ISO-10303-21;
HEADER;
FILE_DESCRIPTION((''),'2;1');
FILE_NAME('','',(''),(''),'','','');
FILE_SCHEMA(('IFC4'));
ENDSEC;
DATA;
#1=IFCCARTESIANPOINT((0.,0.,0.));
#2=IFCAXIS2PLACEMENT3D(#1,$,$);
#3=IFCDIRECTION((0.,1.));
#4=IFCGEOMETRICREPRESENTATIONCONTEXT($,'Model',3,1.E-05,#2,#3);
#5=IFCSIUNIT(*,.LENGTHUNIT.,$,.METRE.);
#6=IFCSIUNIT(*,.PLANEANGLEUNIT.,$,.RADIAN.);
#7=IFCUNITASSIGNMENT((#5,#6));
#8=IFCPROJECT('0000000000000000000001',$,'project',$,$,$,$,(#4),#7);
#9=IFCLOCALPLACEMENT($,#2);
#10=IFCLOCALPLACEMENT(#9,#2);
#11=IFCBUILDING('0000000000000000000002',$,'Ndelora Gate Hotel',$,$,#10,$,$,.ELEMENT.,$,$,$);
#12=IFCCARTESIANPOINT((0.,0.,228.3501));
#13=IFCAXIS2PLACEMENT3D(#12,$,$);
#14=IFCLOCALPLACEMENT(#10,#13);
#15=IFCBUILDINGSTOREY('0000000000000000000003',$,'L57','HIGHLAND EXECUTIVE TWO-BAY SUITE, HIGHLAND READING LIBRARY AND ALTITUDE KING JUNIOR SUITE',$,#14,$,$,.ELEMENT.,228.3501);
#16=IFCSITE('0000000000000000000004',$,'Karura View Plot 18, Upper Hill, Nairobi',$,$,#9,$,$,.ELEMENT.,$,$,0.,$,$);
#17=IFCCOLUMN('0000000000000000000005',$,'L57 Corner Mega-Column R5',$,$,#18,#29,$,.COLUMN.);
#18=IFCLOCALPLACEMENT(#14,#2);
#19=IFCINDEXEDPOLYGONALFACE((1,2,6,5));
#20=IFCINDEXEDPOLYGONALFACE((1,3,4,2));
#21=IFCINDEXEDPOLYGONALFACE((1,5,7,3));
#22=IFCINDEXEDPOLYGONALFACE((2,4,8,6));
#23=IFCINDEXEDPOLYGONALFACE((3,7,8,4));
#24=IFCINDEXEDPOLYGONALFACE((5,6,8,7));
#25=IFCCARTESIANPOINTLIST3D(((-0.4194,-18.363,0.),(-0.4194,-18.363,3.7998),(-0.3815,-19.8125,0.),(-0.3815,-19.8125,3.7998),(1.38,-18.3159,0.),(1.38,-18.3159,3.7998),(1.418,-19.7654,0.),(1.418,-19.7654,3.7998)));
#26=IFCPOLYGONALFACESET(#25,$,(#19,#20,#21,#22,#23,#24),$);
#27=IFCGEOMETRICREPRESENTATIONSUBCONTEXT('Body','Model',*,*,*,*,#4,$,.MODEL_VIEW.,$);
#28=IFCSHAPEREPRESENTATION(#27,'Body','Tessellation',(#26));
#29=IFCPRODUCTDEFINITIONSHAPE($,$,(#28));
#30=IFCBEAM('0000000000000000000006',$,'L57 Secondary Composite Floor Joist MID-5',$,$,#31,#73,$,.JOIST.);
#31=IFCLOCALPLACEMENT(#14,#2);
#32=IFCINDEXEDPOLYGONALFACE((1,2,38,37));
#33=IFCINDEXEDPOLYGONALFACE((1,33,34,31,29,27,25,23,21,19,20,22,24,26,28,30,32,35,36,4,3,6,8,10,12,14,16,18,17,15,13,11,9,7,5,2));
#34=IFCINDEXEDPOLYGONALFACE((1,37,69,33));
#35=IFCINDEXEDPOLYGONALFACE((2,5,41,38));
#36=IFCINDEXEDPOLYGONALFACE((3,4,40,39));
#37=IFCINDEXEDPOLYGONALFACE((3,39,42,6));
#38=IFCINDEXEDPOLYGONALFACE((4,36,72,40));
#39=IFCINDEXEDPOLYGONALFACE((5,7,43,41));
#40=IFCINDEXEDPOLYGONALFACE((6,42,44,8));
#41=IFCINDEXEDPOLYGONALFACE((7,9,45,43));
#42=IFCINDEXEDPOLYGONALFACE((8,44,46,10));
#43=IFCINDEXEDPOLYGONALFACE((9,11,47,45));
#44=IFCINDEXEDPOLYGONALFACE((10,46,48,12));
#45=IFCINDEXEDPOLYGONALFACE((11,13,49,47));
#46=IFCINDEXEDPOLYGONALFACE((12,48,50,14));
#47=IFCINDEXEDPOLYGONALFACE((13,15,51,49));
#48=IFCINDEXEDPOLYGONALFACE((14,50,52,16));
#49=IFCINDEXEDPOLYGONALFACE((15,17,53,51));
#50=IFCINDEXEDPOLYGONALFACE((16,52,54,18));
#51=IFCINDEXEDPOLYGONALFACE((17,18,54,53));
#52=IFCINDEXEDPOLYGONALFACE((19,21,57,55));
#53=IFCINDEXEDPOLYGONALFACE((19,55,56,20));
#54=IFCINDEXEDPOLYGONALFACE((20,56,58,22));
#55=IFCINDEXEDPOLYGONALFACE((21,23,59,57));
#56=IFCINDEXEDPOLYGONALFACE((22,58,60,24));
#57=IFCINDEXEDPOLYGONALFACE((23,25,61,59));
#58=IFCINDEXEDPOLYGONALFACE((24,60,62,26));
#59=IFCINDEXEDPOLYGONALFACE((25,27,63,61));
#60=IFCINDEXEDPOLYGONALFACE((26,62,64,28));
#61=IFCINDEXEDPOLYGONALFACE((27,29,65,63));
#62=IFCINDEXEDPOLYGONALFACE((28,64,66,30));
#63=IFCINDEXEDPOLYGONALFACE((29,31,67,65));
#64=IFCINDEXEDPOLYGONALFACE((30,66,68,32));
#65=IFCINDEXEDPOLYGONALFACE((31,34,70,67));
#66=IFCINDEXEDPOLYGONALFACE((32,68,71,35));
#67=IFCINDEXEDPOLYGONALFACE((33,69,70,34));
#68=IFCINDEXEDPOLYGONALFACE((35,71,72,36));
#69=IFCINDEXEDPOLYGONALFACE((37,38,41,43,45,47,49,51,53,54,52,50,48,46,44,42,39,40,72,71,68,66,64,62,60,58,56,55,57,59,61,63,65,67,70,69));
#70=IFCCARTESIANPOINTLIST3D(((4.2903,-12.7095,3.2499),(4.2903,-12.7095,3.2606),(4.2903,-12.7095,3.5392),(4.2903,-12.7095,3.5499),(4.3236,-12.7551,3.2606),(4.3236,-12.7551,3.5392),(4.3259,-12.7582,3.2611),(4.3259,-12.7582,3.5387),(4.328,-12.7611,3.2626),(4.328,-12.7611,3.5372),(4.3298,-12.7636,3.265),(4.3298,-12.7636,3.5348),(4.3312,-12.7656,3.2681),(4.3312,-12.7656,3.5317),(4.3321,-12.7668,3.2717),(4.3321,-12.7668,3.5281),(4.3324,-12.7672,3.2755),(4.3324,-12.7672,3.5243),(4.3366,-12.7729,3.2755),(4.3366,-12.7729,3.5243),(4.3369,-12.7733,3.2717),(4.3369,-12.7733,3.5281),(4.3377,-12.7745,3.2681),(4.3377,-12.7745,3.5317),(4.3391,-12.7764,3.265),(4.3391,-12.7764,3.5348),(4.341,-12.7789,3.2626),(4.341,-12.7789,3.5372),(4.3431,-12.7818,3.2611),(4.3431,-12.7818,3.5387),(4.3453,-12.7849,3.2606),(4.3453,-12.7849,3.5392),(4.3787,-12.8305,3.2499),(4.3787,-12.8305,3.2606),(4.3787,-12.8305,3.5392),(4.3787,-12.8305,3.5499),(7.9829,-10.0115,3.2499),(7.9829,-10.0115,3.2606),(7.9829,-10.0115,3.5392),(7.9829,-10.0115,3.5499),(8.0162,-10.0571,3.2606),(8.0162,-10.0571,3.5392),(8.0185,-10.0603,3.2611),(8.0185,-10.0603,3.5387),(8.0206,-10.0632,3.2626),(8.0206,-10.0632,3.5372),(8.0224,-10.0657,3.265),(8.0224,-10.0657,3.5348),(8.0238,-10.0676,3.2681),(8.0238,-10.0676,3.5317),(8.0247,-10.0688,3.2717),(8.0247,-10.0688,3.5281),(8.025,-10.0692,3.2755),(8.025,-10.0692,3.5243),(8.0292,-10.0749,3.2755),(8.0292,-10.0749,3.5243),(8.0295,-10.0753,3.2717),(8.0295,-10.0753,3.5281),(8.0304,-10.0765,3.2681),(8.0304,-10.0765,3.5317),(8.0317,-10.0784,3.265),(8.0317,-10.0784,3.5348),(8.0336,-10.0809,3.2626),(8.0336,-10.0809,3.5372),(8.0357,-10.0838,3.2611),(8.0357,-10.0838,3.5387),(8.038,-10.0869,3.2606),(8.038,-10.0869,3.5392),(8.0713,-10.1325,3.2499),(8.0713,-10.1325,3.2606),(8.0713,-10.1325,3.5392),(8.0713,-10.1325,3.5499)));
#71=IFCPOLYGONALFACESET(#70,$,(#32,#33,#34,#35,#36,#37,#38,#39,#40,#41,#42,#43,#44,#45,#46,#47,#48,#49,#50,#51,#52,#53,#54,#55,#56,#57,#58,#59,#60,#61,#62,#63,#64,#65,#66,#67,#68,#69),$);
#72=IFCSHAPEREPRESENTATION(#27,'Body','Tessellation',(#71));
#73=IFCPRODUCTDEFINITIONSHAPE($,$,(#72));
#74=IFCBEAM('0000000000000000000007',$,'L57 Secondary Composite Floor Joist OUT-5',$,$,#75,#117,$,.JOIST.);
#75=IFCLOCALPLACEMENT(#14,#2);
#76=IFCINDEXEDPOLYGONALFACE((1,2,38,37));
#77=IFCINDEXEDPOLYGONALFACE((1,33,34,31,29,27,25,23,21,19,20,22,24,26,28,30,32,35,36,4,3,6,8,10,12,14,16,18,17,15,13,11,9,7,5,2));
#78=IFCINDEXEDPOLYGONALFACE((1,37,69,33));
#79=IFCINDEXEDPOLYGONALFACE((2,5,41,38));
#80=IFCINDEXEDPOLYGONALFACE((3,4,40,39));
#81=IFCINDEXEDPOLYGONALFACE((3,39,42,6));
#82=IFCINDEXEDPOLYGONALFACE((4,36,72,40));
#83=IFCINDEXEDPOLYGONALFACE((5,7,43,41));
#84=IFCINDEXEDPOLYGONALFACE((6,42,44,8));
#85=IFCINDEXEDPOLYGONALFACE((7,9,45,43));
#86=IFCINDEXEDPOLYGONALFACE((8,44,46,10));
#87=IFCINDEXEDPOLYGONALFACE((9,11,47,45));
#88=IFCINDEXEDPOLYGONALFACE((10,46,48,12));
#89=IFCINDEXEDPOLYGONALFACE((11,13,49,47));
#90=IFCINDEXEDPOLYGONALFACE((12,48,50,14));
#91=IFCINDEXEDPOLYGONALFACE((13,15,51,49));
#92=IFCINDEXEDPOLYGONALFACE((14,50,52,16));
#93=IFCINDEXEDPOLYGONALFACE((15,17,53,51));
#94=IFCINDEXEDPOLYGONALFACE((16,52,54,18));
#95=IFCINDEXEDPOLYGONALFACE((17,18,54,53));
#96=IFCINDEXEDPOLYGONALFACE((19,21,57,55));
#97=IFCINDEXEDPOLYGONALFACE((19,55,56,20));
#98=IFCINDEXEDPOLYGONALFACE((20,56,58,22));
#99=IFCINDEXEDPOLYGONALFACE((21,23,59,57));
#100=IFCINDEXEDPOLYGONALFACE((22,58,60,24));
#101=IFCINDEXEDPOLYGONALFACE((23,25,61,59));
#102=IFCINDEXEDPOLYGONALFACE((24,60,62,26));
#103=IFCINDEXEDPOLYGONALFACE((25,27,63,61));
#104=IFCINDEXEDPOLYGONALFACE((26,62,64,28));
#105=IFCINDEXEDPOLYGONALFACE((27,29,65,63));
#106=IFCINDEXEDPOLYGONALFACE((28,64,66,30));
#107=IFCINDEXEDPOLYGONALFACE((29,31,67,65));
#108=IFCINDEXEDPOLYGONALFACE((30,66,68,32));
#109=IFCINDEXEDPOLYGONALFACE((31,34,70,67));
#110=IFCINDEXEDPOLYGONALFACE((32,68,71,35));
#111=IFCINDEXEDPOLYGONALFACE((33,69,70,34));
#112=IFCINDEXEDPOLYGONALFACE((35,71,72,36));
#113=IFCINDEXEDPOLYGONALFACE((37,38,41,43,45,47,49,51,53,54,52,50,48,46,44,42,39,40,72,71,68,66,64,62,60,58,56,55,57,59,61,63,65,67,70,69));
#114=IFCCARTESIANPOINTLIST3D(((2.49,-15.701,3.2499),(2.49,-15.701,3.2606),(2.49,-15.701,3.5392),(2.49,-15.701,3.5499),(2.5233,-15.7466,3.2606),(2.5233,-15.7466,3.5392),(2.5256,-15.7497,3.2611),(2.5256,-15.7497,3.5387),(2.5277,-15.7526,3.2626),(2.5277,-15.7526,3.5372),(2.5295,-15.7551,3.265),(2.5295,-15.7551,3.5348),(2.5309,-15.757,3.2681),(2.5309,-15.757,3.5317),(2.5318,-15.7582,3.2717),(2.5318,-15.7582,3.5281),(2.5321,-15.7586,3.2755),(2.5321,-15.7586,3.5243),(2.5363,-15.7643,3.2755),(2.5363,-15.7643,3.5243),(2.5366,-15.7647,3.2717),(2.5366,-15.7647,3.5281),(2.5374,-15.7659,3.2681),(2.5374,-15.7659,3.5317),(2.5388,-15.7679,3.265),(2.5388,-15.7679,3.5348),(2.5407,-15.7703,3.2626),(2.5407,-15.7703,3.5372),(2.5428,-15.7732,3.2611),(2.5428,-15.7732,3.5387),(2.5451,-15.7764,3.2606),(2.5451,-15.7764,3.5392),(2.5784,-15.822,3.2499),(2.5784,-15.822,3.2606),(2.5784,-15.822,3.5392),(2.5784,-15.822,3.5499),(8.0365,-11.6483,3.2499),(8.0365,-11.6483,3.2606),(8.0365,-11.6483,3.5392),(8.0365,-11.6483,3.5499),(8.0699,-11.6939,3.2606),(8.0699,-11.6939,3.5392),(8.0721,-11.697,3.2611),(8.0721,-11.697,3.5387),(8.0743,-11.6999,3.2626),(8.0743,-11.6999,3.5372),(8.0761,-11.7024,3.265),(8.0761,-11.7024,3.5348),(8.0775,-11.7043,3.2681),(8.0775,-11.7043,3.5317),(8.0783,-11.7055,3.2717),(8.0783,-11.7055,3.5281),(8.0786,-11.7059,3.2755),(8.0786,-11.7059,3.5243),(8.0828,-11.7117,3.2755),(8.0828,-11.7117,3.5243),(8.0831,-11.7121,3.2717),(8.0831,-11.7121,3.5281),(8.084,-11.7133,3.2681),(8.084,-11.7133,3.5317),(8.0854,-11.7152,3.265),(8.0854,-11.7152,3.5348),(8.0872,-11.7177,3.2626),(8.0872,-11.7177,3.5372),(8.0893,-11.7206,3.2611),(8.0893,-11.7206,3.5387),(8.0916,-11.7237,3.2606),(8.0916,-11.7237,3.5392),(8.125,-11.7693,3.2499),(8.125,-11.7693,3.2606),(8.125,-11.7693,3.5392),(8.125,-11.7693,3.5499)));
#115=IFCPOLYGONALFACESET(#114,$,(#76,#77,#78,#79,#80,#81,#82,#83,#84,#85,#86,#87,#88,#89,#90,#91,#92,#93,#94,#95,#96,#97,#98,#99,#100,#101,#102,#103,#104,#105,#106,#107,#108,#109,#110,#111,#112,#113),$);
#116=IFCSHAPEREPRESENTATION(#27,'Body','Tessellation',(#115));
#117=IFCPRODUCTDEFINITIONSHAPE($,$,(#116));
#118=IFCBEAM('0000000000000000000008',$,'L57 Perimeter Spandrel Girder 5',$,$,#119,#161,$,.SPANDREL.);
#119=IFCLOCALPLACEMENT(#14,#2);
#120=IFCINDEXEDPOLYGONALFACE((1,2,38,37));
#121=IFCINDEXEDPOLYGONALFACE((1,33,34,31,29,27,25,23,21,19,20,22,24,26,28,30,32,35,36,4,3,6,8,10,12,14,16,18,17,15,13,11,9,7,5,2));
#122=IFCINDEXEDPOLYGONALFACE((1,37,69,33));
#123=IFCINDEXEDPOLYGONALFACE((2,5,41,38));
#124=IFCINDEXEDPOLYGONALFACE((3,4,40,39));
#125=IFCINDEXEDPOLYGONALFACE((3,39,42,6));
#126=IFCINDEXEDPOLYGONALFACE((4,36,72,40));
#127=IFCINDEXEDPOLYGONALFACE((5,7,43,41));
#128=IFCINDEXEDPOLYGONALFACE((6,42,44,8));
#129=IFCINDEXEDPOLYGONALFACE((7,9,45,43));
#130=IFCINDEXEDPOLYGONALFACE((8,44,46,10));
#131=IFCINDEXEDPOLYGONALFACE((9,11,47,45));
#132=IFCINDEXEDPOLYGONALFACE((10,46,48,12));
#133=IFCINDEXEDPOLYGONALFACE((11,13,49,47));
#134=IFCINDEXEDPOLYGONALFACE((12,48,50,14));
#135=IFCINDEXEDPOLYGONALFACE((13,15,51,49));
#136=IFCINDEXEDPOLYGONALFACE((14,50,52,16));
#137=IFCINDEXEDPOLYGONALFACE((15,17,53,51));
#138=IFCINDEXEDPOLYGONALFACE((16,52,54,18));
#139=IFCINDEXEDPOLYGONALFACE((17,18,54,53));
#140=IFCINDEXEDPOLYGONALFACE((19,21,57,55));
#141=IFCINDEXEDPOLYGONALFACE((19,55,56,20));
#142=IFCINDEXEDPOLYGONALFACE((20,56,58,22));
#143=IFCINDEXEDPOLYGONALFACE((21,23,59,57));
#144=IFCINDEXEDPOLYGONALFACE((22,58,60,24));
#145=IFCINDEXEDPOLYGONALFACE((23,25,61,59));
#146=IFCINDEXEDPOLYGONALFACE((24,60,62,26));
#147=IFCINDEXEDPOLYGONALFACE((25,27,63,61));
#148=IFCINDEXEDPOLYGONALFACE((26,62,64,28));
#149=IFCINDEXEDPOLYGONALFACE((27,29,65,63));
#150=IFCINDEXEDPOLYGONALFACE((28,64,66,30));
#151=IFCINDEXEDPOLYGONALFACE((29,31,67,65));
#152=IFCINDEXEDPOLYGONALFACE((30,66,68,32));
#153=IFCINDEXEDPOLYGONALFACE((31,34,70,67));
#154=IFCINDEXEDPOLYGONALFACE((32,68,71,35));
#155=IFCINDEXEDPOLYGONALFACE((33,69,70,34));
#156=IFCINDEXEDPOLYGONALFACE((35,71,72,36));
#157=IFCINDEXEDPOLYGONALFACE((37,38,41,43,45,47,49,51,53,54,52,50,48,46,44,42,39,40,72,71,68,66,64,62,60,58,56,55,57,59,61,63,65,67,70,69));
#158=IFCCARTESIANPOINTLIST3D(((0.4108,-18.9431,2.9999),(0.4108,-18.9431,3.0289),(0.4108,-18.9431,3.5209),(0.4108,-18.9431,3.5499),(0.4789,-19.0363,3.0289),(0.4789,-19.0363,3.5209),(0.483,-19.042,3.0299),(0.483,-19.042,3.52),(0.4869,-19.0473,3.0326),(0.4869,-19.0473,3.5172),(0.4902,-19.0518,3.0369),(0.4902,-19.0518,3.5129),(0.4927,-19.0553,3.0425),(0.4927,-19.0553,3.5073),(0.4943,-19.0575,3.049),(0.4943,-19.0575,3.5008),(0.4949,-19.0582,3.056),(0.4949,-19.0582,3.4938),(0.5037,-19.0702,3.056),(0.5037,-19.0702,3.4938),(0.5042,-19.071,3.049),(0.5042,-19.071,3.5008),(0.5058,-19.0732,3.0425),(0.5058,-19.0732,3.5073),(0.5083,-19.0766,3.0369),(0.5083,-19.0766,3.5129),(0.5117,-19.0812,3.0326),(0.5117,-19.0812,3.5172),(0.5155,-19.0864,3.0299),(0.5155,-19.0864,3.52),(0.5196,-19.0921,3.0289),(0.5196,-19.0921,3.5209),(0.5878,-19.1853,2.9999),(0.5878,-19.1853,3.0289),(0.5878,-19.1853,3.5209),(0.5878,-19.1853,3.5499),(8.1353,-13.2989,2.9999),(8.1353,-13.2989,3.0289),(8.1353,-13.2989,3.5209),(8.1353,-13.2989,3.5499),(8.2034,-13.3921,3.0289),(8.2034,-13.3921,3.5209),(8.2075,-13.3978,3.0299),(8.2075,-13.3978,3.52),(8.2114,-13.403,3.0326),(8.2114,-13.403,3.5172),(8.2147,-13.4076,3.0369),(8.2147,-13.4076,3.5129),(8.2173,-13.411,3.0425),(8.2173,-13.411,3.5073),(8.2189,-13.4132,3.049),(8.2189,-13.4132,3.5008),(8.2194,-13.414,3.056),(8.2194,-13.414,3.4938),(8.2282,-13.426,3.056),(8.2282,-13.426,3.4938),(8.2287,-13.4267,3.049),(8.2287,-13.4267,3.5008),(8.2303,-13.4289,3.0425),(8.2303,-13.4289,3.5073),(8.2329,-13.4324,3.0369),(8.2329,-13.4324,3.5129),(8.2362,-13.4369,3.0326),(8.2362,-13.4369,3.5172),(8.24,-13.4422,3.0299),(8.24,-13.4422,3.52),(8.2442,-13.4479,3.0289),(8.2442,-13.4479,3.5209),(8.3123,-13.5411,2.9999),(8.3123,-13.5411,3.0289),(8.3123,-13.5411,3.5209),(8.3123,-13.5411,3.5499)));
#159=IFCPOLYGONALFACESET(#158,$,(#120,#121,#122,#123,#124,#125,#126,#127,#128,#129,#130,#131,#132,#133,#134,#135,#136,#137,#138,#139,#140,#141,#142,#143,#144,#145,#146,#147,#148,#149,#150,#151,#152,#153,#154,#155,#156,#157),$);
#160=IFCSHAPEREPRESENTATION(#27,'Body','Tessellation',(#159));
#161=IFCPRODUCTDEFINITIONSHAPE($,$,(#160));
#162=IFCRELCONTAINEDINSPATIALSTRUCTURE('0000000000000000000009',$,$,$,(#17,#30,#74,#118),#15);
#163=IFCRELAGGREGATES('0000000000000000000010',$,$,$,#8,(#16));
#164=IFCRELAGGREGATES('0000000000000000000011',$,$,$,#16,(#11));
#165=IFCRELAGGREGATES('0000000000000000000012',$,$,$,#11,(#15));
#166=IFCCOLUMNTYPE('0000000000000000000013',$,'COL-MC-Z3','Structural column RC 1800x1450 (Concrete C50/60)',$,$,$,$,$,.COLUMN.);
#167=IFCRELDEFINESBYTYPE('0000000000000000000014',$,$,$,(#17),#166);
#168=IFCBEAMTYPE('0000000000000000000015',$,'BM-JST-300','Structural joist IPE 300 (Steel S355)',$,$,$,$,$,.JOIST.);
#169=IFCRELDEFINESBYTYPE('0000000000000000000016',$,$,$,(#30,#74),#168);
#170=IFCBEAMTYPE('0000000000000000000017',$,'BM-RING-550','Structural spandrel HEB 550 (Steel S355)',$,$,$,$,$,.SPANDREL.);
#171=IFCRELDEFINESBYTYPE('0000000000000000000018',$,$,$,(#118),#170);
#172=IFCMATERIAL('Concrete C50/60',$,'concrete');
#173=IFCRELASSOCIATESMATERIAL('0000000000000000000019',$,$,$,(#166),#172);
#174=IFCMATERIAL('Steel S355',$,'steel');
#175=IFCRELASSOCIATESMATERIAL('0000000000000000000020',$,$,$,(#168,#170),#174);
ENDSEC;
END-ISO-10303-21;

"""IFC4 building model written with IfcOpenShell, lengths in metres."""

from ifc_helpers import new_model, si_unit, direction, frame, origin, origin_2d, place, context, subcontext, project, spatial, rectangle, i_section, extrude, material, material_profile, profile_set, type_object, element, save


model = new_model("IFC4")

# Units and contexts
model_context = context("Model", 3, precision=1e-05, world=origin(), true_north=direction((0.0, 1.0)))
body_context = subcontext(model_context, "Body", "Model", "MODEL_VIEW")
ifc_project = project(units=[si_unit("LENGTHUNIT", "METRE"), si_unit("PLANEANGLEUNIT", "RADIAN")], contexts=[model_context])

# Site, building, storey
site_placement = place(None, origin())
site = spatial("IfcSite", under=ifc_project, at=site_placement, Name="Karura View Plot 18, Upper Hill, Nairobi", CompositionType="ELEMENT", RefElevation=0.0)
building_placement = place(site_placement, origin())
building = spatial("IfcBuilding", under=site, at=building_placement, Name="Ndelora Gate Hotel", CompositionType="ELEMENT")
storey_placement = place(building_placement, frame((0.0, 0.0, 228.3501)))
storey = spatial("IfcBuildingStorey", under=building, at=storey_placement, Name="L57", Description="HIGHLAND EXECUTIVE TWO-BAY SUITE, HIGHLAND READING LIBRARY AND ALTITUDE KING JUNIOR SUITE", CompositionType="ELEMENT", Elevation=228.3501)

# Column
ifc_material_1 = material(Name="Concrete C50/60", Category="concrete")
ifc_material_profile_1 = material_profile(ifc_material_1, rectangle(XDim=1.45, YDim=1.8, at=origin_2d()), Name="RC 1800x1450")
ifc_profile_set_1 = profile_set([ifc_material_profile_1], Name="Concrete C50/60")
column_type = type_object("IfcColumnType", Name="COL-MC-Z3", Description="Structural column RC 1800x1450 (Concrete C50/60)", PredefinedType="COLUMN", material=ifc_profile_set_1)
column_placement = place(storey_placement, frame((0.4993, -19.0642, 0.0), z_axis=(0.0, 0.0, 1.0), x_axis=(-0.026177, 0.999657, 0.0)))
element("IfcColumn", 1, at=column_placement, inside=storey, type_object=column_type, Name="L57 Corner Mega-Column R5", PredefinedType="COLUMN", context=body_context, shape_type="SweptSolid", body=[
    extrude(rectangle(XDim=1.45, YDim=1.8, at=origin_2d()), origin(), (0.0, 0.0, 1.0), 3.7998),
])

# Beams
ifc_material_2 = material(Name="Steel S355", Category="steel")
ifc_material_profile_2 = material_profile(ifc_material_2, i_section(OverallWidth=0.1499, OverallDepth=0.3, WebThickness=0.0071, FlangeThickness=0.0107, FilletRadius=0.0149, at=origin_2d()), Name="IPE 300")
ifc_profile_set_2 = profile_set([ifc_material_profile_2], Name="Steel S355")
beam_type_1 = type_object("IfcBeamType", Name="BM-JST-300", Description="Structural joist IPE 300 (Steel S355)", PredefinedType="JOIST", material=ifc_profile_set_2)
beam_1_placement = place(storey_placement, frame((4.3345, -12.77, 3.3999), z_axis=(0.807439, 0.589951, 0.0), x_axis=(-0.589951, 0.807439, 0.0)))
element("IfcBeam", 2, at=beam_1_placement, inside=storey, type_object=beam_type_1, Name="L57 Secondary Composite Floor Joist MID-5", PredefinedType="JOIST", context=body_context, shape_type="SweptSolid", body=[
    extrude(i_section(OverallWidth=0.1499, OverallDepth=0.3, WebThickness=0.0071, FlangeThickness=0.0107, FilletRadius=0.0149, at=origin_2d()), origin(), (0.0, 0.0, 1.0), 4.5732),
])
beam_2_placement = place(storey_placement, frame((2.5342, -15.7615, 3.3999), z_axis=(0.807431, 0.589962, 0.0), x_axis=(-0.589962, 0.807431, 0.0)))
element("IfcBeam", 3, at=beam_2_placement, inside=storey, type_object=beam_type_1, Name="L57 Secondary Composite Floor Joist OUT-5", PredefinedType="JOIST", context=body_context, shape_type="SweptSolid", body=[
    extrude(i_section(OverallWidth=0.1499, OverallDepth=0.3, WebThickness=0.0071, FlangeThickness=0.0107, FilletRadius=0.0149, at=origin_2d()), origin(), (0.0, 0.0, 1.0), 6.8694),
])
ifc_material_profile_3 = material_profile(ifc_material_2, i_section(OverallWidth=0.3, OverallDepth=0.55, WebThickness=0.0149, FlangeThickness=0.0291, FilletRadius=0.0271, at=origin_2d()), Name="HEB 550")
ifc_profile_set_3 = profile_set([ifc_material_profile_3], Name="Steel S355")
beam_type_2 = type_object("IfcBeamType", Name="BM-RING-550", Description="Structural spandrel HEB 550 (Steel S355)", PredefinedType="SPANDREL", material=ifc_profile_set_3)
beam_3_placement = place(storey_placement, frame((0.4993, -19.0642, 3.2749), z_axis=(0.807422, 0.589974, 0.0), x_axis=(-0.589974, 0.807422, 0.0)))
element("IfcBeam", 4, at=beam_3_placement, inside=storey, type_object=beam_type_2, Name="L57 Perimeter Spandrel Girder 5", PredefinedType="SPANDREL", context=body_context, shape_type="SweptSolid", body=[
    extrude(i_section(OverallWidth=0.3, OverallDepth=0.55, WebThickness=0.0149, FlangeThickness=0.0291, FilletRadius=0.0271, at=origin_2d()), origin(), (0.0, 0.0, 1.0), 9.5669),
])

save(model, "model.ifc")
